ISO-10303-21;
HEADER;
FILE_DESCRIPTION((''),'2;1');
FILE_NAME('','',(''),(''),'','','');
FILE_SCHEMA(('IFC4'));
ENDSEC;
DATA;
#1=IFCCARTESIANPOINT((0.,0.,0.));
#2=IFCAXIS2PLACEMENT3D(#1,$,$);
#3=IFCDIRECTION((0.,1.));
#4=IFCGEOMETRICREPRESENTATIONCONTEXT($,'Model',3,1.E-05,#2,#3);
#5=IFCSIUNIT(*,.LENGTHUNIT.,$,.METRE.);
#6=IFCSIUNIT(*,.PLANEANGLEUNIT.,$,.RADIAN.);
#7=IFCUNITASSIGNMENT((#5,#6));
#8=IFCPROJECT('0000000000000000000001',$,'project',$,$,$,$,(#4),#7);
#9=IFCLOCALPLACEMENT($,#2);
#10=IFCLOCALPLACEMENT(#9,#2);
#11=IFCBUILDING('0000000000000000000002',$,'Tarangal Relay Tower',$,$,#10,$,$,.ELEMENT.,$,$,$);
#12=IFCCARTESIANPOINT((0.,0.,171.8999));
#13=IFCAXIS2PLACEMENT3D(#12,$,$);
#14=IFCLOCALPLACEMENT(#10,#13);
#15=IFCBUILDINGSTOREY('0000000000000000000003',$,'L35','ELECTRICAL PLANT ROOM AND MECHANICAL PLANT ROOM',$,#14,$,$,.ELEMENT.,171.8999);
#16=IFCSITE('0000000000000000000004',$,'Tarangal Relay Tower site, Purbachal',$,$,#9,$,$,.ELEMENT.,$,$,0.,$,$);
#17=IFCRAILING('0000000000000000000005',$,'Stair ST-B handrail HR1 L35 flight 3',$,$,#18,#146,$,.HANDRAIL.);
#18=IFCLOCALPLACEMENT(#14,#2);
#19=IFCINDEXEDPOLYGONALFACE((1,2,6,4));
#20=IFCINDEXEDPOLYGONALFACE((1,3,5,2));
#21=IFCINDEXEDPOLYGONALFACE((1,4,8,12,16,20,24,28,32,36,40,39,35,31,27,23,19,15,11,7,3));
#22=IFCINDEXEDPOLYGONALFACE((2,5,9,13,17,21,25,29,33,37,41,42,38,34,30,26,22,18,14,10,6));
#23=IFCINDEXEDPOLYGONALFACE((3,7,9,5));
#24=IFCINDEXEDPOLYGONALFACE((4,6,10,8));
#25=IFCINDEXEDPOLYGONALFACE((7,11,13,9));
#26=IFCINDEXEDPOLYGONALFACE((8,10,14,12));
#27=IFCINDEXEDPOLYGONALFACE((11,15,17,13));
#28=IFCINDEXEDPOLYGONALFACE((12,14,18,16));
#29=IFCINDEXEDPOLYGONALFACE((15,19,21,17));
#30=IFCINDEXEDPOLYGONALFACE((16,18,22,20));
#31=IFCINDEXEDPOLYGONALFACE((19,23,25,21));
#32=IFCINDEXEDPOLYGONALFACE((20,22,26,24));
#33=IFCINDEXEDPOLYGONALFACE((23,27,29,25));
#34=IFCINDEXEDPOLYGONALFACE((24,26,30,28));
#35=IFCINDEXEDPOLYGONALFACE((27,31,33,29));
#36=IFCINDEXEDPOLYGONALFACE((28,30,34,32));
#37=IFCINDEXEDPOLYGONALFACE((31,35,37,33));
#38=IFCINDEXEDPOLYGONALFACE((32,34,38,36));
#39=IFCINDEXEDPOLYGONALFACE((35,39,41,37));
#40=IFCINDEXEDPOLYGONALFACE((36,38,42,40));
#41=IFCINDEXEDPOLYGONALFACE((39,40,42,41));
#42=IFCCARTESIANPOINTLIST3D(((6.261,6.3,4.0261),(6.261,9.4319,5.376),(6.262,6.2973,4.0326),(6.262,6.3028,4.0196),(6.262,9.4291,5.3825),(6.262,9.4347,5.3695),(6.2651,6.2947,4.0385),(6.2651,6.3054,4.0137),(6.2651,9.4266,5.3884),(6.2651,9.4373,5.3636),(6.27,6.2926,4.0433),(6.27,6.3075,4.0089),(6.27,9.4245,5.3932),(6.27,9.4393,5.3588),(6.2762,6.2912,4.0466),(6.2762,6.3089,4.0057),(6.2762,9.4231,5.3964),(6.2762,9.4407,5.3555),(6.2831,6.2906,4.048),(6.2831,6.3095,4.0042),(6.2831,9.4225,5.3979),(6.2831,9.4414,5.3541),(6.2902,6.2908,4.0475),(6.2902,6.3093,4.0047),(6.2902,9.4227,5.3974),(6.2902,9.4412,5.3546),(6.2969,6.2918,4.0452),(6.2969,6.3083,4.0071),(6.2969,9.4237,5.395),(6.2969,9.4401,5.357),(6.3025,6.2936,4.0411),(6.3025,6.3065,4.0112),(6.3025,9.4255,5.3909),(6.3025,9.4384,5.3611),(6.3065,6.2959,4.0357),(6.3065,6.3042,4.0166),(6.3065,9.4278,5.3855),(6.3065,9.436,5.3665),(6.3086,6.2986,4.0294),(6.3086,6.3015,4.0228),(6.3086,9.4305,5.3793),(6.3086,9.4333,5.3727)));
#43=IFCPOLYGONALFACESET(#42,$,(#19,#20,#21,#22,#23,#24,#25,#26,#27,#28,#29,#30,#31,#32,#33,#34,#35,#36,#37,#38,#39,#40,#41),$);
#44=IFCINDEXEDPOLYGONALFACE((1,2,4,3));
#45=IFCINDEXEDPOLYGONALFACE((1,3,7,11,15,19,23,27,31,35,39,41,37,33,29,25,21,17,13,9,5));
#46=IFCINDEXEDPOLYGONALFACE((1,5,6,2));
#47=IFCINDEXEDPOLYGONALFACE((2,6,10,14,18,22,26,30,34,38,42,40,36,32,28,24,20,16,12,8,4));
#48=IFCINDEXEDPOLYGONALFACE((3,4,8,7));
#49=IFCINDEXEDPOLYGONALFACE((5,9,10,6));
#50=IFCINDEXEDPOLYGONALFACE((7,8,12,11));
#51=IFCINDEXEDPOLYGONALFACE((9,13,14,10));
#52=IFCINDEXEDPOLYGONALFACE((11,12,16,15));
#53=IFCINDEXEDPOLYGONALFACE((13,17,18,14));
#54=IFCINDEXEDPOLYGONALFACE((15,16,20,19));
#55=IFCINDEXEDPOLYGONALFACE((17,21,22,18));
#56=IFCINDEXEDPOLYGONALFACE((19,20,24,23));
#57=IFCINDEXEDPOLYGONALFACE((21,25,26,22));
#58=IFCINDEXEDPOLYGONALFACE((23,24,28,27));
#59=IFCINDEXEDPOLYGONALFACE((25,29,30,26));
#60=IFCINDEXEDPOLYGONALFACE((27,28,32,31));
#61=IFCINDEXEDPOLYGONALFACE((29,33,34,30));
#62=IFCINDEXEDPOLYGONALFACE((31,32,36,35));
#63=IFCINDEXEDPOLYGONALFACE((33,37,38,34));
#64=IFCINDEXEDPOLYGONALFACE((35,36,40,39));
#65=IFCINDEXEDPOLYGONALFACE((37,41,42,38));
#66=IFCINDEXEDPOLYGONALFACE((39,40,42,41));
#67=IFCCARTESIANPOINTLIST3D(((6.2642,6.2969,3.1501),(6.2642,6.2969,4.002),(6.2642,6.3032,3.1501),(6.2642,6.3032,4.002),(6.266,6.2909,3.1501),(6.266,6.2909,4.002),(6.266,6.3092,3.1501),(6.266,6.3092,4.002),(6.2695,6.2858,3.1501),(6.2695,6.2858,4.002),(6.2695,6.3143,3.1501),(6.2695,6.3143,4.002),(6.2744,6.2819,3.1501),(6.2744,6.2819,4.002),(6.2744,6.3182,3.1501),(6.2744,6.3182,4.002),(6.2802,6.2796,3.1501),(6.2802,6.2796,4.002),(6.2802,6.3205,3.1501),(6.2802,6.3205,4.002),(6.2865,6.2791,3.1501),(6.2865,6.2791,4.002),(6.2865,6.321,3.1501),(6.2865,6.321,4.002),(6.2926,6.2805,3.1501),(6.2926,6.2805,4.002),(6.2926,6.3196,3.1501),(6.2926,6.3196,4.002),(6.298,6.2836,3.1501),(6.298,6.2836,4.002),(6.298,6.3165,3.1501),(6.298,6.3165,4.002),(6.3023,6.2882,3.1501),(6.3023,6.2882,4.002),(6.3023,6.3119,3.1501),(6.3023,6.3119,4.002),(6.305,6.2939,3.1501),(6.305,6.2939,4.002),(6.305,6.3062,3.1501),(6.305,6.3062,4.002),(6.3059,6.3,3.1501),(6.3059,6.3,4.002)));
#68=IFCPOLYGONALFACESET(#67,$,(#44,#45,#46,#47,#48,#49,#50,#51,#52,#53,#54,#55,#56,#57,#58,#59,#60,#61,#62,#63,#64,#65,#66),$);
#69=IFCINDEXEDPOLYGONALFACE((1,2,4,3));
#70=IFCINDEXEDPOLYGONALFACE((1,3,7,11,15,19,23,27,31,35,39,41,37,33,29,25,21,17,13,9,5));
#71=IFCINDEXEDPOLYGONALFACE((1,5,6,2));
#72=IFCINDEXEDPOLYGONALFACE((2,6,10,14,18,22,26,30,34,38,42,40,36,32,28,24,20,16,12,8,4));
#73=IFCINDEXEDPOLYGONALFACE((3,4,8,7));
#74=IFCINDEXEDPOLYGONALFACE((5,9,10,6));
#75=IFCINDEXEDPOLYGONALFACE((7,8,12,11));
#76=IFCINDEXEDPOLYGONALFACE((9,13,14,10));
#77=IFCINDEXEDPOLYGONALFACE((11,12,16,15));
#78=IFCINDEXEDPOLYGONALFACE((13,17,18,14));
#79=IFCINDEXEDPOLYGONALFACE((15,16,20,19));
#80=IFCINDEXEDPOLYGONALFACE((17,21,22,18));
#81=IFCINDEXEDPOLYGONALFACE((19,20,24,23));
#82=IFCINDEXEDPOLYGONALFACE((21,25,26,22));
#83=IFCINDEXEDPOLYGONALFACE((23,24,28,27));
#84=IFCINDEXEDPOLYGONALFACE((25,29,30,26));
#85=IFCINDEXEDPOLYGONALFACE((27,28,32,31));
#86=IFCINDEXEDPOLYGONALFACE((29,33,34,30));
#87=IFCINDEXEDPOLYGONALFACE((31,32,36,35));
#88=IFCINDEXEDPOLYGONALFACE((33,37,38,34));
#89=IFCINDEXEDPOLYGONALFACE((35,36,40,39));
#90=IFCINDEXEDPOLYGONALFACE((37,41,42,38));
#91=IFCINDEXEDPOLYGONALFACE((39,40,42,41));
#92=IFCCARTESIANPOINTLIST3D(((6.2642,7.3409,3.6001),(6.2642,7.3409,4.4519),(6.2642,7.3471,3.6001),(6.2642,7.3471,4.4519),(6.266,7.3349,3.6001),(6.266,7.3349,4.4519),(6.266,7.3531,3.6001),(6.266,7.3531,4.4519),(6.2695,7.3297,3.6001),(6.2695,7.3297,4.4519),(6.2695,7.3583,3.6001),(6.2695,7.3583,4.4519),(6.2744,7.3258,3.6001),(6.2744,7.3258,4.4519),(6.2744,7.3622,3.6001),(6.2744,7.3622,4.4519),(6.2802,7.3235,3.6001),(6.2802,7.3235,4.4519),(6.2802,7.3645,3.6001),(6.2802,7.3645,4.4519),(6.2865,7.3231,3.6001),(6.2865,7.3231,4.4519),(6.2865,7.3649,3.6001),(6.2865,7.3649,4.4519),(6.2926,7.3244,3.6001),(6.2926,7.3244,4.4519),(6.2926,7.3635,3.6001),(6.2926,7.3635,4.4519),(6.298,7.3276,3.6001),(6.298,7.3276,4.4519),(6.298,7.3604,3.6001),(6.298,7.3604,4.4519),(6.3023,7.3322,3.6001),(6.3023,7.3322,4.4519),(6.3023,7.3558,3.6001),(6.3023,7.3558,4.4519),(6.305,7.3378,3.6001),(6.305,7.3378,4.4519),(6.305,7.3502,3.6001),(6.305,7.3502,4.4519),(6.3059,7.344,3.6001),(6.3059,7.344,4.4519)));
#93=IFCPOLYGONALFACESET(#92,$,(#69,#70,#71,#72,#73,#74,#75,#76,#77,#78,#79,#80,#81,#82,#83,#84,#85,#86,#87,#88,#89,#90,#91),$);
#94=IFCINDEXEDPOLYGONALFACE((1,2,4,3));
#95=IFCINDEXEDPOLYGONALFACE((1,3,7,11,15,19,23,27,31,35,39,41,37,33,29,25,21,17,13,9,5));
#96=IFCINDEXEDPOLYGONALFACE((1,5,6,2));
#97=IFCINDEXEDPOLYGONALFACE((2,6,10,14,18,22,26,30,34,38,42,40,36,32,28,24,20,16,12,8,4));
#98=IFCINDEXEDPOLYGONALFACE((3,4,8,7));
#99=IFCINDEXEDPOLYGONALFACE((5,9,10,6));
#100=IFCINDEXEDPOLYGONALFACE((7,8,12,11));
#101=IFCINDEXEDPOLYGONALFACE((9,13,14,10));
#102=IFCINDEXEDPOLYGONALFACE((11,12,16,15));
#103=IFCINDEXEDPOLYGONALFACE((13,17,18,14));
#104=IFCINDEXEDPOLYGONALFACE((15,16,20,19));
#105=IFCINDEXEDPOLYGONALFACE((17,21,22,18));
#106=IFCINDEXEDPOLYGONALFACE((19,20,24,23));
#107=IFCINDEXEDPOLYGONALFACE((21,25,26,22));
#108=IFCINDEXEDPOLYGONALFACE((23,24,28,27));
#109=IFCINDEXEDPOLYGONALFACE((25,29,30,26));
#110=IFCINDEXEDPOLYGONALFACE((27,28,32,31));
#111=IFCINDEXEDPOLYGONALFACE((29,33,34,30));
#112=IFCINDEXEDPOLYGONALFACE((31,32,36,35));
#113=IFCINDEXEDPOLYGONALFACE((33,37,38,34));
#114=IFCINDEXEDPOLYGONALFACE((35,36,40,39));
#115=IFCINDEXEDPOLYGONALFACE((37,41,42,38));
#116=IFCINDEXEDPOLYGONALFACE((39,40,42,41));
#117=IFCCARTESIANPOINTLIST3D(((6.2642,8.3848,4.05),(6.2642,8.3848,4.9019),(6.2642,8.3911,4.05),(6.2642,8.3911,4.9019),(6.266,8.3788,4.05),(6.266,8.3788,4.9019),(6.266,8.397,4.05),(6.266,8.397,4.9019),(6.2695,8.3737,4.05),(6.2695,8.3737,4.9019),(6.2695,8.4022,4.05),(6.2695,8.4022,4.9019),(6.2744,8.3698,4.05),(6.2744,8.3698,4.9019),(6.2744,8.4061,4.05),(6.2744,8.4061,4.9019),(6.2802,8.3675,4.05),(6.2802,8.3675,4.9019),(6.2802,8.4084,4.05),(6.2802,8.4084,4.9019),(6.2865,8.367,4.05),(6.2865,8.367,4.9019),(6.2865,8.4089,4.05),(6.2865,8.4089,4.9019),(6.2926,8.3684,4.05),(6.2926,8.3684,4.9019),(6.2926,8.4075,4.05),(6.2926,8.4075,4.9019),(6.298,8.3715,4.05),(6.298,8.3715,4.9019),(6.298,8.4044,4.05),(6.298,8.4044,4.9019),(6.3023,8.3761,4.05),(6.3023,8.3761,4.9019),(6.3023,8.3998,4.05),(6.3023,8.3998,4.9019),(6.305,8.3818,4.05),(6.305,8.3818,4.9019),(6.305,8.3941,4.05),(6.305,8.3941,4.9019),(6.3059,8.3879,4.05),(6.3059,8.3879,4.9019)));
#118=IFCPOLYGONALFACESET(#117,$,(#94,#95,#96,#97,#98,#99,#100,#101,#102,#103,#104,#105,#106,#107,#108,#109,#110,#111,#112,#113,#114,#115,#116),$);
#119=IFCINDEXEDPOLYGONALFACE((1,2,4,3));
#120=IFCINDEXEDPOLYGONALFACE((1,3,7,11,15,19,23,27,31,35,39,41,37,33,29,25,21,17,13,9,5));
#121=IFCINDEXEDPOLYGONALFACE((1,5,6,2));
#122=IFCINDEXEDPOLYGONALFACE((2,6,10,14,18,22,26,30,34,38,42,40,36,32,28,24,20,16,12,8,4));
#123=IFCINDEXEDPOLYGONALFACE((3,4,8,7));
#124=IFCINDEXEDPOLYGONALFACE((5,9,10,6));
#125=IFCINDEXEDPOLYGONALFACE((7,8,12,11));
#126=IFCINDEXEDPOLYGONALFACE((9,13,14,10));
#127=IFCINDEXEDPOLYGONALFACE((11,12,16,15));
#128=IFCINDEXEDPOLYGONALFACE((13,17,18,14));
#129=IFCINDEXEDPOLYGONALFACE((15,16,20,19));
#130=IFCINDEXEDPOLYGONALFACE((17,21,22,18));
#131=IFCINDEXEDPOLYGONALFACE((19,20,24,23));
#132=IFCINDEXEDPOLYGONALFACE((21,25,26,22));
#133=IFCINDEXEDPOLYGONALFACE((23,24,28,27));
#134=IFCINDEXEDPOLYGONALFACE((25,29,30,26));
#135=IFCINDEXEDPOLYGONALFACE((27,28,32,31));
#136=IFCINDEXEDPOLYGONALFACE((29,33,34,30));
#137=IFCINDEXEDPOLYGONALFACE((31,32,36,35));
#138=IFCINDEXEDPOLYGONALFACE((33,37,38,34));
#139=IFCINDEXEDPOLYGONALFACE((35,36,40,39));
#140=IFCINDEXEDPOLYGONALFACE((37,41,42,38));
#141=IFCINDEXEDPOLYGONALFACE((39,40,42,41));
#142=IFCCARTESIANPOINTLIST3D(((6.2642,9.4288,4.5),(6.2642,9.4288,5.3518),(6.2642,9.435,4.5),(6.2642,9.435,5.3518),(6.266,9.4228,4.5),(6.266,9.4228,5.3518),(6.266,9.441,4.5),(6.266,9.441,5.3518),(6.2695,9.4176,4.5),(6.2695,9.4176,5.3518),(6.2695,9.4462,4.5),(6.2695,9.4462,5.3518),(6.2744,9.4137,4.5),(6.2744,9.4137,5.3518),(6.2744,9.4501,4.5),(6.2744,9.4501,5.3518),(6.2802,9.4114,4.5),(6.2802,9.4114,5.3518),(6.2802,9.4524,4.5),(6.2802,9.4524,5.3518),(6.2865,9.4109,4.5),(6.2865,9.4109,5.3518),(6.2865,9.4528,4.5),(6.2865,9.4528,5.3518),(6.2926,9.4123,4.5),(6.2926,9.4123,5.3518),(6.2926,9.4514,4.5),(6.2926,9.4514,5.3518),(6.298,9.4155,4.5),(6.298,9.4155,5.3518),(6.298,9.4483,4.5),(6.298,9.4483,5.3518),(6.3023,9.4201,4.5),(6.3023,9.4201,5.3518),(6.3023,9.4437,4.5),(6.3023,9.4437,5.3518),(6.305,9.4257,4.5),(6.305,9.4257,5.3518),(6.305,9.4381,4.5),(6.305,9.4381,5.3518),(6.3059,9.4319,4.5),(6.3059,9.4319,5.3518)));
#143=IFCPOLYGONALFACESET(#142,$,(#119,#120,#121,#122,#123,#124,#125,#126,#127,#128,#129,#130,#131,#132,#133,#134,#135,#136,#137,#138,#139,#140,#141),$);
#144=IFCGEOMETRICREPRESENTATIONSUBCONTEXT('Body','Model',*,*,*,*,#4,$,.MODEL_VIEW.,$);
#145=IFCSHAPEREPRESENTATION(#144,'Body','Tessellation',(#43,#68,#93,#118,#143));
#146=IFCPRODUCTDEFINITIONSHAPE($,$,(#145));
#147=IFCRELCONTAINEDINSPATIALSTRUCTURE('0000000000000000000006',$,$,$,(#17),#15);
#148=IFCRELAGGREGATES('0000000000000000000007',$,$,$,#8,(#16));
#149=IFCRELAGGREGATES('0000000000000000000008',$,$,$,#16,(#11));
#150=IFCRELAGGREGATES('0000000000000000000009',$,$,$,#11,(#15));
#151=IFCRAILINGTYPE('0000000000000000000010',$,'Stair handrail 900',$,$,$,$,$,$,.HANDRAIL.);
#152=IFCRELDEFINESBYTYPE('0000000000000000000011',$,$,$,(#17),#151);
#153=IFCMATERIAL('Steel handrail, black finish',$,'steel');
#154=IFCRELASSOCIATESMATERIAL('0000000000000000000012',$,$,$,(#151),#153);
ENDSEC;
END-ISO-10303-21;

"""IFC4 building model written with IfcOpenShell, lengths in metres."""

from ifc_helpers import new_model, si_unit, direction, frame, origin, origin_2d, place, context, subcontext, project, spatial, circle, extrude, material, type_object, element, save


model = new_model("IFC4")

# Units and contexts
model_context = context("Model", 3, precision=1e-05, world=origin(), true_north=direction((0.0, 1.0)))
body_context = subcontext(model_context, "Body", "Model", "MODEL_VIEW")
ifc_project = project(units=[si_unit("LENGTHUNIT", "METRE"), si_unit("PLANEANGLEUNIT", "RADIAN")], contexts=[model_context])

# Site, building, storey
site_placement = place(None, origin())
site = spatial("IfcSite", under=ifc_project, at=site_placement, Name="Tarangal Relay Tower site, Purbachal", CompositionType="ELEMENT", RefElevation=0.0)
building_placement = place(site_placement, origin())
building = spatial("IfcBuilding", under=site, at=building_placement, Name="Tarangal Relay Tower", CompositionType="ELEMENT")
storey_placement = place(building_placement, frame((0.0, 0.0, 171.8999)))
storey = spatial("IfcBuildingStorey", under=building, at=storey_placement, Name="L35", Description="ELECTRICAL PLANT ROOM AND MECHANICAL PLANT ROOM", CompositionType="ELEMENT", Elevation=171.8999)

# Railing
ifc_material_1 = material(Name="Steel handrail, black finish", Category="steel")
railing_type_1 = type_object("IfcRailingType", Name="Stair handrail 900", PredefinedType="HANDRAIL", material=ifc_material_1)
railing_1_placement = place(storey_placement, frame((6.2849, 6.3, 3.1501)))
element("IfcRailing", 1, at=railing_1_placement, inside=storey, type_object=railing_type_1, Name="Stair ST-B handrail HR1 L35 flight 3", PredefinedType="HANDRAIL", context=body_context, shape_type="SweptSolid", body=[
    extrude(circle(Radius=0.0239, at=origin_2d()), frame((0.0, 0.0, 0.876), z_axis=(0.0, 0.918332, 0.395811), x_axis=(-1.0, 0.0, 0.0)), (0.0, 0.0, 1.0), 3.4104),
    extrude(circle(Radius=0.021, at=origin_2d()), origin(), (0.0, 0.0, 1.0), 0.8518),
    extrude(circle(Radius=0.021, at=origin_2d()), frame((0.0, 1.0439, 0.45)), (0.0, 0.0, 1.0), 0.8518),
    extrude(circle(Radius=0.021, at=origin_2d()), frame((0.0, 2.0879, 0.8999)), (0.0, 0.0, 1.0), 0.8518),
    extrude(circle(Radius=0.021, at=origin_2d()), frame((0.0, 3.1318, 1.3499)), (0.0, 0.0, 1.0), 0.8518),
])

save(model, "model.ifc")
